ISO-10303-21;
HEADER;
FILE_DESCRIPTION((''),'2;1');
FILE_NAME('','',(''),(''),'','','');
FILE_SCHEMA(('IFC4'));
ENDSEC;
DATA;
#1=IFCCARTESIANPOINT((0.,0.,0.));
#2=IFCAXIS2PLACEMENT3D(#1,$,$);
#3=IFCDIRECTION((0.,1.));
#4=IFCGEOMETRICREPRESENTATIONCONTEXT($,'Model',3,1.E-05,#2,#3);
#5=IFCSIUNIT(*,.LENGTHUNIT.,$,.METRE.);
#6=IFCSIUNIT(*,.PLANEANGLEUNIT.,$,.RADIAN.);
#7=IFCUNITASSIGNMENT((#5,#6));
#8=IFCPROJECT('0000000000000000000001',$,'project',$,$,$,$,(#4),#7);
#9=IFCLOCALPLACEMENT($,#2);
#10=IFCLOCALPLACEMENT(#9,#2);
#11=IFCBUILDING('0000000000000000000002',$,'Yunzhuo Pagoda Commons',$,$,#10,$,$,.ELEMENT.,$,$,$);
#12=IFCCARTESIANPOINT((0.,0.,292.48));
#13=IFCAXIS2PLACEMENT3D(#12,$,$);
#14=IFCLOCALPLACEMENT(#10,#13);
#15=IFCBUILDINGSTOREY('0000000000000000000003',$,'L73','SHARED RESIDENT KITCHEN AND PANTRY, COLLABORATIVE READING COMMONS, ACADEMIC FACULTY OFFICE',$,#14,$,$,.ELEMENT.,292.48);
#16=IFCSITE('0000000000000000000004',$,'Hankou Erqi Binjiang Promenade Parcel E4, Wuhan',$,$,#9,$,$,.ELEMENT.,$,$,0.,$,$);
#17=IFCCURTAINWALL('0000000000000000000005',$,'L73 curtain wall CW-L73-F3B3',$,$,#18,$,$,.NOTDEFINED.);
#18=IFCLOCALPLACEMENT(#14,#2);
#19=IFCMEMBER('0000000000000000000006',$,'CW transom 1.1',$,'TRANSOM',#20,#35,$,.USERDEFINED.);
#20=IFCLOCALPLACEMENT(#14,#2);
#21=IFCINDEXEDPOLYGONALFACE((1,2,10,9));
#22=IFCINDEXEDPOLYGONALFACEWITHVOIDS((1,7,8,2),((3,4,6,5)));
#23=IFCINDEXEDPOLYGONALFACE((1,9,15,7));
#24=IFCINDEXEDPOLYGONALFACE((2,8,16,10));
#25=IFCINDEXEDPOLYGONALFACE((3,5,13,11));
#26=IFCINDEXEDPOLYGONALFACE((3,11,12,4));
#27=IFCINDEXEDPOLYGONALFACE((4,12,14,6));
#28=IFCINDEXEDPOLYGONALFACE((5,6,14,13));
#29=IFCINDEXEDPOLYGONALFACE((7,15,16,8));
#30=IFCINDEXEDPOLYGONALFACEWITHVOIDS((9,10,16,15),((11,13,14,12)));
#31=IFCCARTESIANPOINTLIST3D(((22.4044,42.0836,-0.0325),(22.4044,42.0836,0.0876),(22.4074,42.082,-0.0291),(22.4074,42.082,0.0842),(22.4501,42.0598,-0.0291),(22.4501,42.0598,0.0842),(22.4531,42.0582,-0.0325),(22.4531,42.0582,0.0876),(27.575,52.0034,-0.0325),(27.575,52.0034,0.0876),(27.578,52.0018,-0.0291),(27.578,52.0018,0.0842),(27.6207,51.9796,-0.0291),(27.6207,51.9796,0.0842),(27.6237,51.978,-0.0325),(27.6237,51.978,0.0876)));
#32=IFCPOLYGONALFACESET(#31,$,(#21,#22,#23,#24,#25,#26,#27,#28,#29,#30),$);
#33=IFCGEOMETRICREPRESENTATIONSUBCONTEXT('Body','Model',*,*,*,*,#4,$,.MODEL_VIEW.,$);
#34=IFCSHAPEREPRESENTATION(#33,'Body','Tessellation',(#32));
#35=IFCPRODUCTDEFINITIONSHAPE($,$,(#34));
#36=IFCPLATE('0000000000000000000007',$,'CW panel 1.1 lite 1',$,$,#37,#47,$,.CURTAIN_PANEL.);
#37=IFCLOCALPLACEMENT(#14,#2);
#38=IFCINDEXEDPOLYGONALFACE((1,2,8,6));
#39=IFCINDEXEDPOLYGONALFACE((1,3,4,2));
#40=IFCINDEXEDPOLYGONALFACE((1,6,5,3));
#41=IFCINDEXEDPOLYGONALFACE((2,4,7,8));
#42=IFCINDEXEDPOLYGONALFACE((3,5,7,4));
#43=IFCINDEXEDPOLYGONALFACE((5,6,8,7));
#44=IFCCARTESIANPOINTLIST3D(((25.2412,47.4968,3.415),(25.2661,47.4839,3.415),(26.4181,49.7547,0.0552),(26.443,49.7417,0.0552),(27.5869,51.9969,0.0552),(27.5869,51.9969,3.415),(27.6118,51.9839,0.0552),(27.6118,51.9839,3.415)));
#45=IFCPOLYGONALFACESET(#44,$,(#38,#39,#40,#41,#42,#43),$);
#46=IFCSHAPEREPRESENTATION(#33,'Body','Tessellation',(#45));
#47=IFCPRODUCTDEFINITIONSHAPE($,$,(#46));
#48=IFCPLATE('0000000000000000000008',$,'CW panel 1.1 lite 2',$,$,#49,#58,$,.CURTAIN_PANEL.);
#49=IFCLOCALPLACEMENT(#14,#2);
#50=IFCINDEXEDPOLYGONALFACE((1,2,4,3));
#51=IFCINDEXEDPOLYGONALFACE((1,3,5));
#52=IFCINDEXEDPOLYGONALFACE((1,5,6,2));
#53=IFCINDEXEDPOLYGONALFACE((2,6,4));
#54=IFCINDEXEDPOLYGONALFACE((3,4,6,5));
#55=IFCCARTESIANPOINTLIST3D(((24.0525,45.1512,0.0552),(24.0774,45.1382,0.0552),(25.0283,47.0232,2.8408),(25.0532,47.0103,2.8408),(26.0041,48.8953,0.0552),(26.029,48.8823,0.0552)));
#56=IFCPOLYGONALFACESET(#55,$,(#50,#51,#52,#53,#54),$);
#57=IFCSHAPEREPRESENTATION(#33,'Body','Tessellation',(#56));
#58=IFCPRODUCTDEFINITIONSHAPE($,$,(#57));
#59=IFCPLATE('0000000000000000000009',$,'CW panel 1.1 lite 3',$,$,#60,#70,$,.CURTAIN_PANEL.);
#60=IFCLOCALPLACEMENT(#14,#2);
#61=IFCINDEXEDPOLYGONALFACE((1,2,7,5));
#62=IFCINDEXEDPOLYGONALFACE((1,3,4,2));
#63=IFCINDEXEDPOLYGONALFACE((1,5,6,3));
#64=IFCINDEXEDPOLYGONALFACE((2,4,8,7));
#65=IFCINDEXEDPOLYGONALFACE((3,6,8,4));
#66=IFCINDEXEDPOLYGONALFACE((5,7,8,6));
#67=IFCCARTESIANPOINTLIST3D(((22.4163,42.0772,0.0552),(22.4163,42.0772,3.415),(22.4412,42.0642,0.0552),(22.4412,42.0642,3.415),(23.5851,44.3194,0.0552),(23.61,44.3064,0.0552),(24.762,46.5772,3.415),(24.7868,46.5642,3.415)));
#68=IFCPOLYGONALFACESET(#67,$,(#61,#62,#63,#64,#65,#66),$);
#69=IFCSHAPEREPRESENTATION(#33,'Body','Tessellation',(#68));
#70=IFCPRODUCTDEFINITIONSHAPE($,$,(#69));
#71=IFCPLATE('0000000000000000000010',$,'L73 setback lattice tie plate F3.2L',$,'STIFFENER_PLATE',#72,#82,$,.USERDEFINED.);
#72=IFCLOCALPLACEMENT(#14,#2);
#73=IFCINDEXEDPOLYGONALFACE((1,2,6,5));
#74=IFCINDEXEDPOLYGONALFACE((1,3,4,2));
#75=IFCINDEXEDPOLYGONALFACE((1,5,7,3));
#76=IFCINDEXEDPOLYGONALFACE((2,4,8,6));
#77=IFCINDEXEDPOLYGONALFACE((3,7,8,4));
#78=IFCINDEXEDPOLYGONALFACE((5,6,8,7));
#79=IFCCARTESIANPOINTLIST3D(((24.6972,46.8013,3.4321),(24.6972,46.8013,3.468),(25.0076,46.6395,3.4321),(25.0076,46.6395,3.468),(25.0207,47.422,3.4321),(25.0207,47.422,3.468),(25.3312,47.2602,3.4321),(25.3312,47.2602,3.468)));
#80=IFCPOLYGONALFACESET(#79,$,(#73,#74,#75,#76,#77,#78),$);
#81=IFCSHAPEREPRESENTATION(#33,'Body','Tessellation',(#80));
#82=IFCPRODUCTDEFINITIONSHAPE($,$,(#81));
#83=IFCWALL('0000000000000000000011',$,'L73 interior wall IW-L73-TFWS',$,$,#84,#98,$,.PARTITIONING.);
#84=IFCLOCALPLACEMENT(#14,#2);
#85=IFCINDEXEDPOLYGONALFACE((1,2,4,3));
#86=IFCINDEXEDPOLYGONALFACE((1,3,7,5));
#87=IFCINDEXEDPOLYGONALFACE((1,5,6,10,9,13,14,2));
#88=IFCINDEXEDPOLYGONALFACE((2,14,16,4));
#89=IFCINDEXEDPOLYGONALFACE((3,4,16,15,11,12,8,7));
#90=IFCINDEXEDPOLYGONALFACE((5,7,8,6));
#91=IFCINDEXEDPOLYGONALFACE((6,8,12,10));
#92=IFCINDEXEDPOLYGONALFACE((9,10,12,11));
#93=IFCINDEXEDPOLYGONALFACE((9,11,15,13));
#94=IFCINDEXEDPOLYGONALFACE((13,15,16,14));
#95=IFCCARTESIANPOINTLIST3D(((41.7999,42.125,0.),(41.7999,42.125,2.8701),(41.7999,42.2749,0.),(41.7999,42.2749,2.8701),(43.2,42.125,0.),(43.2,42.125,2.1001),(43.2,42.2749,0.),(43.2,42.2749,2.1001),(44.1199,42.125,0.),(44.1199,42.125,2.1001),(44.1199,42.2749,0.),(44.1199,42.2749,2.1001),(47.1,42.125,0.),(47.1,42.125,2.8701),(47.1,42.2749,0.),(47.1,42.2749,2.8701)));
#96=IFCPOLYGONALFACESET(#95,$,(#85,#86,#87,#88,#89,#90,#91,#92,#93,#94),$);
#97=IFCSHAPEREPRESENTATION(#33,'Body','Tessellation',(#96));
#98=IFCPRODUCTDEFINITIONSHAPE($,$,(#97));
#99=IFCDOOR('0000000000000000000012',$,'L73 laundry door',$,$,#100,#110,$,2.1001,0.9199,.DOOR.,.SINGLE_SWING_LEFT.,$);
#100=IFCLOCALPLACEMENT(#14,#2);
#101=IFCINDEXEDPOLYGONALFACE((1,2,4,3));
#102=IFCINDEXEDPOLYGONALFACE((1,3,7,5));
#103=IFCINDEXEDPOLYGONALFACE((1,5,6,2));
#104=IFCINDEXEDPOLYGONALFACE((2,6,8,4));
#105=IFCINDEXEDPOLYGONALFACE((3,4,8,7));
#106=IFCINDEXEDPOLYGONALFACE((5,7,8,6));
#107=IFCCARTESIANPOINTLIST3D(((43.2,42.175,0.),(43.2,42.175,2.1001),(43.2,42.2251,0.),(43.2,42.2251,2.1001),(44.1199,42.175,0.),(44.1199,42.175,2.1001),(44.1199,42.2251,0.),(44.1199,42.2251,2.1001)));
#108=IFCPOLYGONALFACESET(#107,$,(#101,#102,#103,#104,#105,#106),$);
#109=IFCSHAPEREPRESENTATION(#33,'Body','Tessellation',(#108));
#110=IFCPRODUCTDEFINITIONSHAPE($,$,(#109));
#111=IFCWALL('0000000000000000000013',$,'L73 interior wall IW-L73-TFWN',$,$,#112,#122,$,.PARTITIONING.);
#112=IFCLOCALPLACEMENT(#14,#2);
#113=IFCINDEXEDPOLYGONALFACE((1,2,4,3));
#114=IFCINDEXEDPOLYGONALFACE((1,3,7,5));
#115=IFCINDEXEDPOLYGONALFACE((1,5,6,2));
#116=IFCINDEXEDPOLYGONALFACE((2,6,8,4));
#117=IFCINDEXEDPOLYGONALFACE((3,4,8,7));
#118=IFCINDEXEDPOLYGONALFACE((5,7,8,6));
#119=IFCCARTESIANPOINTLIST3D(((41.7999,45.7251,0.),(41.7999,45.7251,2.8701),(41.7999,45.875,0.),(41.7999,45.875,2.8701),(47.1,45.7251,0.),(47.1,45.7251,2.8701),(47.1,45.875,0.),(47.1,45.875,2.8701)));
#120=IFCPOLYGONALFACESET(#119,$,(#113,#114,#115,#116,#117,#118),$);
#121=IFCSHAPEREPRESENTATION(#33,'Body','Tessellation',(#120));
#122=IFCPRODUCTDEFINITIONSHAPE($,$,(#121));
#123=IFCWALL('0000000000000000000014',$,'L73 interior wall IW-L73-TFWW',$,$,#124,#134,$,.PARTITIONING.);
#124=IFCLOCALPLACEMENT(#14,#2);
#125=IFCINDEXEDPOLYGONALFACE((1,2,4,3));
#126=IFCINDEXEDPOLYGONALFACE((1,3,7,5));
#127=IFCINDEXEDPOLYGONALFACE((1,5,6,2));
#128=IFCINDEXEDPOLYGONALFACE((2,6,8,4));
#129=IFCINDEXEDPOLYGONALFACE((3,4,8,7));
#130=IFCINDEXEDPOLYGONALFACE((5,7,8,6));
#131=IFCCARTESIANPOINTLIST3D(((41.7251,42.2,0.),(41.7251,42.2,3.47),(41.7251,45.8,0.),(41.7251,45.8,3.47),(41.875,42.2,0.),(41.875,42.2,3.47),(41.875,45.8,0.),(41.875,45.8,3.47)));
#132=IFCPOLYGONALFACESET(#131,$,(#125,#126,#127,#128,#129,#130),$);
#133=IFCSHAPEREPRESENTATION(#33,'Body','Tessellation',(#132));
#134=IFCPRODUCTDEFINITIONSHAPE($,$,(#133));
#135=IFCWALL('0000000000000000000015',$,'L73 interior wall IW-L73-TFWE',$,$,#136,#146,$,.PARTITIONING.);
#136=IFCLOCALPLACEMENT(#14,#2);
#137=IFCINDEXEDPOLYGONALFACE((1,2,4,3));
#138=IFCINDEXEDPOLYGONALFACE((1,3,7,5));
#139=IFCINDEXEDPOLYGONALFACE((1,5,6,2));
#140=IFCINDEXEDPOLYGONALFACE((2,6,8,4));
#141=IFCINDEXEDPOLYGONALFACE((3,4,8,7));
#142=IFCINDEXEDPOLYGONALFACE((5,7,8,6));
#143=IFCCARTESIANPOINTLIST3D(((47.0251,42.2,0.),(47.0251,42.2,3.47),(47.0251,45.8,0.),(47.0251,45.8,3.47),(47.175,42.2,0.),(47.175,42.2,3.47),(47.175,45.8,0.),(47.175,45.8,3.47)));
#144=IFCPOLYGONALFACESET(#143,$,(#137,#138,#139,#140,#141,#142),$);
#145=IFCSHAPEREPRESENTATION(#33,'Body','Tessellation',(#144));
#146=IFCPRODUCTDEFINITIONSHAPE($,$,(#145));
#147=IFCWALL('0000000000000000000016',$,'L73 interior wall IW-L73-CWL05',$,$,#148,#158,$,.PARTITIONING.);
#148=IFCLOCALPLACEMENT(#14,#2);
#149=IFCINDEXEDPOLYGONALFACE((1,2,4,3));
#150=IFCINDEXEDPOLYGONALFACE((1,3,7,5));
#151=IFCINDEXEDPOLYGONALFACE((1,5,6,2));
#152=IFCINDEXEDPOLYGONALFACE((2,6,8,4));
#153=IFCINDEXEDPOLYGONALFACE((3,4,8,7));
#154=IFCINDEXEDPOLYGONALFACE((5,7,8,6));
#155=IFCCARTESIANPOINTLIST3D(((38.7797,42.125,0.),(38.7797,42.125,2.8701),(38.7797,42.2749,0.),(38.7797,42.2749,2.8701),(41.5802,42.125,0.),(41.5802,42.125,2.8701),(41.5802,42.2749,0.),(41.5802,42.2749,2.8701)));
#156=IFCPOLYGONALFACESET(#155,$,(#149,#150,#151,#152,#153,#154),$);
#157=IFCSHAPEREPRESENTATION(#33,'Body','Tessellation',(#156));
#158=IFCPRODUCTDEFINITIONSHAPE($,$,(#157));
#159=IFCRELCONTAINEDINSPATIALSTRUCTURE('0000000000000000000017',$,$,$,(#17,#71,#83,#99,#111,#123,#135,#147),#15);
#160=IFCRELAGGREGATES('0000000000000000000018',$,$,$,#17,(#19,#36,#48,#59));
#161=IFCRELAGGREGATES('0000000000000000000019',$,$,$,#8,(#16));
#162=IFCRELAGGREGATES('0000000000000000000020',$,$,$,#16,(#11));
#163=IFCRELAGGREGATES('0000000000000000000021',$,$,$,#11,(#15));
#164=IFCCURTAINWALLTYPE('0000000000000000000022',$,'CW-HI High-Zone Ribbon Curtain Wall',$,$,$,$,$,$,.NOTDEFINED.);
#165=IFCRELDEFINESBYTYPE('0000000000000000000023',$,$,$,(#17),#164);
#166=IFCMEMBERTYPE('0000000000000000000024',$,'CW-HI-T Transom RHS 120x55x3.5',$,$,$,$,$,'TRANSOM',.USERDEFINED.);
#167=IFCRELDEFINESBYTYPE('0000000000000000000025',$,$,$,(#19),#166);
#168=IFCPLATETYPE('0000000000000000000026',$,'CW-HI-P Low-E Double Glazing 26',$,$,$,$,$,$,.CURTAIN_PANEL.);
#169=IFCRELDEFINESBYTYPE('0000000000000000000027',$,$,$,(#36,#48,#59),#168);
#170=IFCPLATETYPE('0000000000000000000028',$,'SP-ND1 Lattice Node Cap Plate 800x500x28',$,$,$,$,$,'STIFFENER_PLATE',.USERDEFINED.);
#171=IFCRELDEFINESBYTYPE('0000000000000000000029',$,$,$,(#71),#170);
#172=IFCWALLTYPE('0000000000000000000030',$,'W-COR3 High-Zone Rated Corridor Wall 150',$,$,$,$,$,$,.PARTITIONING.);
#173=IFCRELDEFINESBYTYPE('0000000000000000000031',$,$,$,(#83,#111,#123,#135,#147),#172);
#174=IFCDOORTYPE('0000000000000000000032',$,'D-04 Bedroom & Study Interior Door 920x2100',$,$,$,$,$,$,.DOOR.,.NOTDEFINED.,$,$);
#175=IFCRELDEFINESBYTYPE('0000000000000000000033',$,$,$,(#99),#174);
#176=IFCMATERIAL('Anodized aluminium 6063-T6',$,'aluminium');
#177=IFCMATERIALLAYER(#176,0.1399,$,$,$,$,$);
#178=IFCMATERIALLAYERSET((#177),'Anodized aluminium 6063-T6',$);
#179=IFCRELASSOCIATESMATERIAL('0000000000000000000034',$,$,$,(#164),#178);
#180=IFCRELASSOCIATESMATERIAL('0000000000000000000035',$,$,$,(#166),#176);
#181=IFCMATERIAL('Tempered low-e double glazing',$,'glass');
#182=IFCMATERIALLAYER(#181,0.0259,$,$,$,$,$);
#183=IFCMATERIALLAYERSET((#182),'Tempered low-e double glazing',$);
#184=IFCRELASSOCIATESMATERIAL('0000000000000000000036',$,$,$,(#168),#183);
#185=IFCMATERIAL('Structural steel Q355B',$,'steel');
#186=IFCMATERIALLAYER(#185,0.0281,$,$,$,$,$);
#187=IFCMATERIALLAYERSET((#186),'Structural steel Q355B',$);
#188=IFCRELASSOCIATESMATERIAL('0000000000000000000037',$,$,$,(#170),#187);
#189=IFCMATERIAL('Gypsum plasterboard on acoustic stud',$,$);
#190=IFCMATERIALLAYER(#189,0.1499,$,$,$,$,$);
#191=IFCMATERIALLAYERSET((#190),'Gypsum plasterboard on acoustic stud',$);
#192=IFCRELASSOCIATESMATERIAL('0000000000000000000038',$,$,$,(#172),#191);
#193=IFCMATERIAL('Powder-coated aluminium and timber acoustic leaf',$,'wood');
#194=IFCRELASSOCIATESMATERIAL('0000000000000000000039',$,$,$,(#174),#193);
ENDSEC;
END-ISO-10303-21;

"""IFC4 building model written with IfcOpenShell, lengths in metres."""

from ifc_helpers import new_model, si_unit, direction, frame, frame_2d, origin, origin_2d, place, context, subcontext, project, spatial, polyline, rectangle, hollow_rectangle, outline, extrude, source, transform, mapped, material, layer, layer_set, material_profile, profile_set, type_object, element, fill, aggregate, save


model = new_model("IFC4")

# Units and contexts
model_context = context("Model", 3, precision=1e-05, world=origin(), true_north=direction((0.0, 1.0)))
body_context = subcontext(model_context, "Body", "Model", "MODEL_VIEW")
ifc_project = project(units=[si_unit("LENGTHUNIT", "METRE"), si_unit("PLANEANGLEUNIT", "RADIAN")], contexts=[model_context])

# Site, building, storey
site_placement = place(None, origin())
site = spatial("IfcSite", under=ifc_project, at=site_placement, Name="Hankou Erqi Binjiang Promenade Parcel E4, Wuhan", CompositionType="ELEMENT", RefElevation=0.0)
building_placement = place(site_placement, origin())
building = spatial("IfcBuilding", under=site, at=building_placement, Name="Yunzhuo Pagoda Commons", CompositionType="ELEMENT")
storey_placement = place(building_placement, frame((0.0, 0.0, 292.48)))
storey = spatial("IfcBuildingStorey", under=building, at=storey_placement, Name="L73", Description="SHARED RESIDENT KITCHEN AND PANTRY, COLLABORATIVE READING COMMONS, ACADEMIC FACULTY OFFICE", CompositionType="ELEMENT", Elevation=292.48)

# Shared definitions
ifc_material_1 = material(Name="Structural steel Q355B", Category="steel")

# Curtain wall, member, plates
ifc_material_2 = material(Name="Anodized aluminium 6063-T6", Category="aluminium")
ifc_layer_1 = layer(ifc_material_2, 0.1399)
ifc_layer_set_1 = layer_set([ifc_layer_1], Name="Anodized aluminium 6063-T6")
curtain_wall_type = type_object("IfcCurtainWallType", Name="CW-HI High-Zone Ribbon Curtain Wall", PredefinedType="NOTDEFINED", material=ifc_layer_set_1)
curtain_wall_placement = place(storey_placement, origin())
curtain_wall = element("IfcCurtainWall", 1, at=curtain_wall_placement, inside=storey, type_object=curtain_wall_type, Name="L73 curtain wall CW-L73-F3B3", PredefinedType="NOTDEFINED")
ifc_material_profile_1 = material_profile(ifc_material_2, hollow_rectangle(XDim=0.0549, YDim=0.1201, WallThickness=0.0034, at=origin_2d()), Name="Anodized aluminium 6063-T6")
ifc_profile_set_1 = profile_set([ifc_material_profile_1], Name="Anodized aluminium 6063-T6")
member_type_1 = type_object("IfcMemberType", Name="CW-HI-T Transom RHS 120x55x3.5", ElementType="TRANSOM", PredefinedType="USERDEFINED", material=ifc_profile_set_1)
shared_shape_1 = source(origin(), body_context, "Body", "SweptSolid", [
    extrude(hollow_rectangle(XDim=0.0549, YDim=0.1201, WallThickness=0.0034, at=origin_2d()), origin(), (0.0, 0.0, 1.0), 11.1865),
])
member_1_placement = place(storey_placement, frame((27.5994, 51.9907, 0.0276), z_axis=(-0.462218, -0.886767, 0.0), x_axis=(0.886767, -0.462218, 0.0)))
member_1 = element("IfcMember", 2, at=member_1_placement, type_object=member_type_1, Name="CW transom 1.1", ObjectType="TRANSOM", PredefinedType="USERDEFINED", context=body_context, shape_type="MappedRepresentation", body=[
    mapped(shared_shape_1, transform((0.0, 0.0, 0.0), scale=1.0)),
])
ifc_material_3 = material(Name="Tempered low-e double glazing", Category="glass")
ifc_layer_2 = layer(ifc_material_3, 0.0259)
ifc_layer_set_2 = layer_set([ifc_layer_2], Name="Tempered low-e double glazing")
plate_type_1 = type_object("IfcPlateType", Name="CW-HI-P Low-E Double Glazing 26", PredefinedType="CURTAIN_PANEL", material=ifc_layer_set_2)
plate_1_placement = place(storey_placement, frame((26.439, 49.7339, 1.7351), z_axis=(-0.886761, 0.462228, 0.0), x_axis=(-0.462228, -0.886761, 0.0)))
plate_1 = element("IfcPlate", 3, at=plate_1_placement, type_object=plate_type_1, Name="CW panel 1.1 lite 1", PredefinedType="CURTAIN_PANEL", context=body_context, shape_type="SweptSolid", body=[
    extrude(outline(polyline([(-2.5374, -1.6799), (-0.0088, -1.6799), (2.5374, 1.6799), (-2.5374, 1.6799), (-2.5374, -1.6799)])), origin(), (0.0, 0.0, 1.0), 0.0281),
])
plate_2_placement = place(storey_placement, frame((25.0532, 47.0103, 1.448), z_axis=(-0.886761, 0.462228, 0.0), x_axis=(-0.462228, -0.886761, 0.0)))
plate_2 = element("IfcPlate", 4, at=plate_2_placement, type_object=plate_type_1, Name="CW panel 1.1 lite 2", PredefinedType="CURTAIN_PANEL", context=body_context, shape_type="SweptSolid", body=[
    extrude(outline(polyline([(-2.1111, -1.3928), (2.1111, -1.3928), (0.0, 1.3928), (-2.1111, -1.3928)])), origin(), (0.0, 0.0, 1.0), 0.0281),
])
plate_3_placement = place(storey_placement, frame((23.614, 44.3142, 1.7351), z_axis=(-0.886761, 0.462228, 0.0), x_axis=(-0.462228, -0.886761, 0.0)))
plate_3 = element("IfcPlate", 5, at=plate_3_placement, type_object=plate_type_1, Name="CW panel 1.1 lite 3", PredefinedType="CURTAIN_PANEL", context=body_context, shape_type="SweptSolid", body=[
    extrude(outline(polyline([(-2.5374, 1.6799), (0.0088, -1.6799), (2.5374, -1.6799), (2.5374, 1.6799), (-2.5374, 1.6799)])), origin(), (0.0, 0.0, 1.0), 0.0281),
])
aggregate(curtain_wall, [member_1, plate_1, plate_2, plate_3])

# Plate
ifc_layer_3 = layer(ifc_material_1, 0.0281)
ifc_layer_set_3 = layer_set([ifc_layer_3], Name="Structural steel Q355B")
plate_type_2 = type_object("IfcPlateType", Name="SP-ND1 Lattice Node Cap Plate 800x500x28", ElementType="STIFFENER_PLATE", PredefinedType="USERDEFINED", material=ifc_layer_set_3)
shared_shape_2 = source(origin(), body_context, "Body", "SweptSolid", [
    extrude(rectangle(XDim=0.7, YDim=0.3501, at=origin_2d()), origin(), (0.0, 0.0, 1.0), 0.0359),
])
plate_4_placement = place(storey_placement, frame((25.0142, 47.0308, 3.4321), z_axis=(0.0, 0.0, 1.0), x_axis=(-0.462228, -0.886761, 0.0)))
element("IfcPlate", 6, at=plate_4_placement, inside=storey, type_object=plate_type_2, Name="L73 setback lattice tie plate F3.2L", ObjectType="STIFFENER_PLATE", PredefinedType="USERDEFINED", context=body_context, shape_type="MappedRepresentation", body=[
    mapped(shared_shape_2, transform((0.0, 0.0, 0.0), scale=1.0)),
])

# Wall, opening, door
ifc_material_4 = material(Name="Gypsum plasterboard on acoustic stud")
ifc_layer_4 = layer(ifc_material_4, 0.1499)
ifc_layer_set_4 = layer_set([ifc_layer_4], Name="Gypsum plasterboard on acoustic stud")
wall_type_1 = type_object("IfcWallType", Name="W-COR3 High-Zone Rated Corridor Wall 150", PredefinedType="PARTITIONING", material=ifc_layer_set_4)
wall_1_placement = place(storey_placement, frame((41.8, 42.2, 0.0), z_axis=(0.0, 0.0, 1.0), x_axis=(1.0, 0.0, 0.0)))
wall_1 = element("IfcWall", 7, at=wall_1_placement, inside=storey, type_object=wall_type_1, Name="L73 interior wall IW-L73-TFWS", PredefinedType="PARTITIONING", context=body_context, shape_type="SweptSolid", body=[
    extrude(rectangle(XDim=5.3, YDim=0.1499, at=frame_2d((2.6499, 0.0))), origin(), (0.0, 0.0, 1.0), 2.8701),
])
opening_1_placement = place(wall_1_placement, frame((1.3999, 0.0, 0.0)))
opening_1 = element("IfcOpeningElement", 8, at=opening_1_placement, cuts=wall_1, PredefinedType="OPENING", context=body_context, shape_type="SweptSolid", body=[
    extrude(rectangle(XDim=0.9199, YDim=2.1001, at=frame_2d((0.46, 1.05))), frame((0.0, 0.085, 0.0), z_axis=(0.0, -1.0, 0.0), x_axis=(1.0, 0.0, 0.0)), (0.0, 0.0, 1.0), 0.1699),
])
ifc_material_5 = material(Name="Powder-coated aluminium and timber acoustic leaf", Category="wood")
door_type_1 = type_object("IfcDoorType", Name="D-04 Bedroom & Study Interior Door 920x2100", OperationType="NOTDEFINED", PredefinedType="DOOR", material=ifc_material_5)
shared_shape_3 = source(origin(), body_context, "Body", "SweptSolid", [
    extrude(rectangle(XDim=0.9199, YDim=2.1001, at=frame_2d((0.46, 1.05))), frame((0.0, 0.0249, 0.0), z_axis=(0.0, -1.0, 0.0), x_axis=(1.0, 0.0, 0.0)), (0.0, 0.0, 1.0), 0.05),
])
door_1_placement = place(opening_1_placement, frame((0.9199, 0.0, 0.0), z_axis=(0.0, 0.0, 1.0), x_axis=(-1.0, 0.0, 0.0)))
door_1 = element("IfcDoor", 9, at=door_1_placement, inside=storey, type_object=door_type_1, Name="L73 laundry door", OperationType="SINGLE_SWING_LEFT", OverallHeight=2.1001, OverallWidth=0.9199, PredefinedType="DOOR", context=body_context, shape_type="MappedRepresentation", body=[
    mapped(shared_shape_3, transform((0.0, 0.0, 0.0), scale=1.0)),
])
fill(opening_1, door_1)

# Walls
wall_2_placement = place(storey_placement, frame((41.8, 45.8, 0.0), z_axis=(0.0, 0.0, 1.0), x_axis=(1.0, 0.0, 0.0)))
element("IfcWall", 10, at=wall_2_placement, inside=storey, type_object=wall_type_1, Name="L73 interior wall IW-L73-TFWN", PredefinedType="PARTITIONING", context=body_context, shape_type="SweptSolid", body=[
    extrude(rectangle(XDim=5.3, YDim=0.1499, at=frame_2d((2.6499, 0.0))), origin(), (0.0, 0.0, 1.0), 2.8701),
])
for number, where, z_axis, x_axis, name in (
    (11, (41.8, 42.2, 0.0), (0.0, 0.0, 1.0), (0.0, 1.0, 0.0), "L73 interior wall IW-L73-TFWW"),
    (12, (47.1001, 42.2, 0.0), (0.0, 0.0, 1.0), (0.0, 1.0, 0.0), "L73 interior wall IW-L73-TFWE"),
):
    element("IfcWall", number, at=place(storey_placement, frame(where, z_axis=z_axis, x_axis=x_axis)), inside=storey, type_object=wall_type_1, Name=name, PredefinedType="PARTITIONING", context=body_context, shape_type="SweptSolid", body=[
        extrude(rectangle(XDim=3.6001, YDim=0.1499, at=frame_2d((1.8, 0.0))), origin(), (0.0, 0.0, 1.0), 3.47),
    ])
wall_3_placement = place(storey_placement, frame((38.7795, 42.2, 0.0), z_axis=(0.0, 0.0, 1.0), x_axis=(1.0, 0.0, 0.0)))
element("IfcWall", 13, at=wall_3_placement, inside=storey, type_object=wall_type_1, Name="L73 interior wall IW-L73-CWL05", PredefinedType="PARTITIONING", context=body_context, shape_type="SweptSolid", body=[
    extrude(rectangle(XDim=2.8005, YDim=0.1499, at=frame_2d((1.4004, 0.0))), origin(), (0.0, 0.0, 1.0), 2.8701),
])

save(model, "model.ifc")
